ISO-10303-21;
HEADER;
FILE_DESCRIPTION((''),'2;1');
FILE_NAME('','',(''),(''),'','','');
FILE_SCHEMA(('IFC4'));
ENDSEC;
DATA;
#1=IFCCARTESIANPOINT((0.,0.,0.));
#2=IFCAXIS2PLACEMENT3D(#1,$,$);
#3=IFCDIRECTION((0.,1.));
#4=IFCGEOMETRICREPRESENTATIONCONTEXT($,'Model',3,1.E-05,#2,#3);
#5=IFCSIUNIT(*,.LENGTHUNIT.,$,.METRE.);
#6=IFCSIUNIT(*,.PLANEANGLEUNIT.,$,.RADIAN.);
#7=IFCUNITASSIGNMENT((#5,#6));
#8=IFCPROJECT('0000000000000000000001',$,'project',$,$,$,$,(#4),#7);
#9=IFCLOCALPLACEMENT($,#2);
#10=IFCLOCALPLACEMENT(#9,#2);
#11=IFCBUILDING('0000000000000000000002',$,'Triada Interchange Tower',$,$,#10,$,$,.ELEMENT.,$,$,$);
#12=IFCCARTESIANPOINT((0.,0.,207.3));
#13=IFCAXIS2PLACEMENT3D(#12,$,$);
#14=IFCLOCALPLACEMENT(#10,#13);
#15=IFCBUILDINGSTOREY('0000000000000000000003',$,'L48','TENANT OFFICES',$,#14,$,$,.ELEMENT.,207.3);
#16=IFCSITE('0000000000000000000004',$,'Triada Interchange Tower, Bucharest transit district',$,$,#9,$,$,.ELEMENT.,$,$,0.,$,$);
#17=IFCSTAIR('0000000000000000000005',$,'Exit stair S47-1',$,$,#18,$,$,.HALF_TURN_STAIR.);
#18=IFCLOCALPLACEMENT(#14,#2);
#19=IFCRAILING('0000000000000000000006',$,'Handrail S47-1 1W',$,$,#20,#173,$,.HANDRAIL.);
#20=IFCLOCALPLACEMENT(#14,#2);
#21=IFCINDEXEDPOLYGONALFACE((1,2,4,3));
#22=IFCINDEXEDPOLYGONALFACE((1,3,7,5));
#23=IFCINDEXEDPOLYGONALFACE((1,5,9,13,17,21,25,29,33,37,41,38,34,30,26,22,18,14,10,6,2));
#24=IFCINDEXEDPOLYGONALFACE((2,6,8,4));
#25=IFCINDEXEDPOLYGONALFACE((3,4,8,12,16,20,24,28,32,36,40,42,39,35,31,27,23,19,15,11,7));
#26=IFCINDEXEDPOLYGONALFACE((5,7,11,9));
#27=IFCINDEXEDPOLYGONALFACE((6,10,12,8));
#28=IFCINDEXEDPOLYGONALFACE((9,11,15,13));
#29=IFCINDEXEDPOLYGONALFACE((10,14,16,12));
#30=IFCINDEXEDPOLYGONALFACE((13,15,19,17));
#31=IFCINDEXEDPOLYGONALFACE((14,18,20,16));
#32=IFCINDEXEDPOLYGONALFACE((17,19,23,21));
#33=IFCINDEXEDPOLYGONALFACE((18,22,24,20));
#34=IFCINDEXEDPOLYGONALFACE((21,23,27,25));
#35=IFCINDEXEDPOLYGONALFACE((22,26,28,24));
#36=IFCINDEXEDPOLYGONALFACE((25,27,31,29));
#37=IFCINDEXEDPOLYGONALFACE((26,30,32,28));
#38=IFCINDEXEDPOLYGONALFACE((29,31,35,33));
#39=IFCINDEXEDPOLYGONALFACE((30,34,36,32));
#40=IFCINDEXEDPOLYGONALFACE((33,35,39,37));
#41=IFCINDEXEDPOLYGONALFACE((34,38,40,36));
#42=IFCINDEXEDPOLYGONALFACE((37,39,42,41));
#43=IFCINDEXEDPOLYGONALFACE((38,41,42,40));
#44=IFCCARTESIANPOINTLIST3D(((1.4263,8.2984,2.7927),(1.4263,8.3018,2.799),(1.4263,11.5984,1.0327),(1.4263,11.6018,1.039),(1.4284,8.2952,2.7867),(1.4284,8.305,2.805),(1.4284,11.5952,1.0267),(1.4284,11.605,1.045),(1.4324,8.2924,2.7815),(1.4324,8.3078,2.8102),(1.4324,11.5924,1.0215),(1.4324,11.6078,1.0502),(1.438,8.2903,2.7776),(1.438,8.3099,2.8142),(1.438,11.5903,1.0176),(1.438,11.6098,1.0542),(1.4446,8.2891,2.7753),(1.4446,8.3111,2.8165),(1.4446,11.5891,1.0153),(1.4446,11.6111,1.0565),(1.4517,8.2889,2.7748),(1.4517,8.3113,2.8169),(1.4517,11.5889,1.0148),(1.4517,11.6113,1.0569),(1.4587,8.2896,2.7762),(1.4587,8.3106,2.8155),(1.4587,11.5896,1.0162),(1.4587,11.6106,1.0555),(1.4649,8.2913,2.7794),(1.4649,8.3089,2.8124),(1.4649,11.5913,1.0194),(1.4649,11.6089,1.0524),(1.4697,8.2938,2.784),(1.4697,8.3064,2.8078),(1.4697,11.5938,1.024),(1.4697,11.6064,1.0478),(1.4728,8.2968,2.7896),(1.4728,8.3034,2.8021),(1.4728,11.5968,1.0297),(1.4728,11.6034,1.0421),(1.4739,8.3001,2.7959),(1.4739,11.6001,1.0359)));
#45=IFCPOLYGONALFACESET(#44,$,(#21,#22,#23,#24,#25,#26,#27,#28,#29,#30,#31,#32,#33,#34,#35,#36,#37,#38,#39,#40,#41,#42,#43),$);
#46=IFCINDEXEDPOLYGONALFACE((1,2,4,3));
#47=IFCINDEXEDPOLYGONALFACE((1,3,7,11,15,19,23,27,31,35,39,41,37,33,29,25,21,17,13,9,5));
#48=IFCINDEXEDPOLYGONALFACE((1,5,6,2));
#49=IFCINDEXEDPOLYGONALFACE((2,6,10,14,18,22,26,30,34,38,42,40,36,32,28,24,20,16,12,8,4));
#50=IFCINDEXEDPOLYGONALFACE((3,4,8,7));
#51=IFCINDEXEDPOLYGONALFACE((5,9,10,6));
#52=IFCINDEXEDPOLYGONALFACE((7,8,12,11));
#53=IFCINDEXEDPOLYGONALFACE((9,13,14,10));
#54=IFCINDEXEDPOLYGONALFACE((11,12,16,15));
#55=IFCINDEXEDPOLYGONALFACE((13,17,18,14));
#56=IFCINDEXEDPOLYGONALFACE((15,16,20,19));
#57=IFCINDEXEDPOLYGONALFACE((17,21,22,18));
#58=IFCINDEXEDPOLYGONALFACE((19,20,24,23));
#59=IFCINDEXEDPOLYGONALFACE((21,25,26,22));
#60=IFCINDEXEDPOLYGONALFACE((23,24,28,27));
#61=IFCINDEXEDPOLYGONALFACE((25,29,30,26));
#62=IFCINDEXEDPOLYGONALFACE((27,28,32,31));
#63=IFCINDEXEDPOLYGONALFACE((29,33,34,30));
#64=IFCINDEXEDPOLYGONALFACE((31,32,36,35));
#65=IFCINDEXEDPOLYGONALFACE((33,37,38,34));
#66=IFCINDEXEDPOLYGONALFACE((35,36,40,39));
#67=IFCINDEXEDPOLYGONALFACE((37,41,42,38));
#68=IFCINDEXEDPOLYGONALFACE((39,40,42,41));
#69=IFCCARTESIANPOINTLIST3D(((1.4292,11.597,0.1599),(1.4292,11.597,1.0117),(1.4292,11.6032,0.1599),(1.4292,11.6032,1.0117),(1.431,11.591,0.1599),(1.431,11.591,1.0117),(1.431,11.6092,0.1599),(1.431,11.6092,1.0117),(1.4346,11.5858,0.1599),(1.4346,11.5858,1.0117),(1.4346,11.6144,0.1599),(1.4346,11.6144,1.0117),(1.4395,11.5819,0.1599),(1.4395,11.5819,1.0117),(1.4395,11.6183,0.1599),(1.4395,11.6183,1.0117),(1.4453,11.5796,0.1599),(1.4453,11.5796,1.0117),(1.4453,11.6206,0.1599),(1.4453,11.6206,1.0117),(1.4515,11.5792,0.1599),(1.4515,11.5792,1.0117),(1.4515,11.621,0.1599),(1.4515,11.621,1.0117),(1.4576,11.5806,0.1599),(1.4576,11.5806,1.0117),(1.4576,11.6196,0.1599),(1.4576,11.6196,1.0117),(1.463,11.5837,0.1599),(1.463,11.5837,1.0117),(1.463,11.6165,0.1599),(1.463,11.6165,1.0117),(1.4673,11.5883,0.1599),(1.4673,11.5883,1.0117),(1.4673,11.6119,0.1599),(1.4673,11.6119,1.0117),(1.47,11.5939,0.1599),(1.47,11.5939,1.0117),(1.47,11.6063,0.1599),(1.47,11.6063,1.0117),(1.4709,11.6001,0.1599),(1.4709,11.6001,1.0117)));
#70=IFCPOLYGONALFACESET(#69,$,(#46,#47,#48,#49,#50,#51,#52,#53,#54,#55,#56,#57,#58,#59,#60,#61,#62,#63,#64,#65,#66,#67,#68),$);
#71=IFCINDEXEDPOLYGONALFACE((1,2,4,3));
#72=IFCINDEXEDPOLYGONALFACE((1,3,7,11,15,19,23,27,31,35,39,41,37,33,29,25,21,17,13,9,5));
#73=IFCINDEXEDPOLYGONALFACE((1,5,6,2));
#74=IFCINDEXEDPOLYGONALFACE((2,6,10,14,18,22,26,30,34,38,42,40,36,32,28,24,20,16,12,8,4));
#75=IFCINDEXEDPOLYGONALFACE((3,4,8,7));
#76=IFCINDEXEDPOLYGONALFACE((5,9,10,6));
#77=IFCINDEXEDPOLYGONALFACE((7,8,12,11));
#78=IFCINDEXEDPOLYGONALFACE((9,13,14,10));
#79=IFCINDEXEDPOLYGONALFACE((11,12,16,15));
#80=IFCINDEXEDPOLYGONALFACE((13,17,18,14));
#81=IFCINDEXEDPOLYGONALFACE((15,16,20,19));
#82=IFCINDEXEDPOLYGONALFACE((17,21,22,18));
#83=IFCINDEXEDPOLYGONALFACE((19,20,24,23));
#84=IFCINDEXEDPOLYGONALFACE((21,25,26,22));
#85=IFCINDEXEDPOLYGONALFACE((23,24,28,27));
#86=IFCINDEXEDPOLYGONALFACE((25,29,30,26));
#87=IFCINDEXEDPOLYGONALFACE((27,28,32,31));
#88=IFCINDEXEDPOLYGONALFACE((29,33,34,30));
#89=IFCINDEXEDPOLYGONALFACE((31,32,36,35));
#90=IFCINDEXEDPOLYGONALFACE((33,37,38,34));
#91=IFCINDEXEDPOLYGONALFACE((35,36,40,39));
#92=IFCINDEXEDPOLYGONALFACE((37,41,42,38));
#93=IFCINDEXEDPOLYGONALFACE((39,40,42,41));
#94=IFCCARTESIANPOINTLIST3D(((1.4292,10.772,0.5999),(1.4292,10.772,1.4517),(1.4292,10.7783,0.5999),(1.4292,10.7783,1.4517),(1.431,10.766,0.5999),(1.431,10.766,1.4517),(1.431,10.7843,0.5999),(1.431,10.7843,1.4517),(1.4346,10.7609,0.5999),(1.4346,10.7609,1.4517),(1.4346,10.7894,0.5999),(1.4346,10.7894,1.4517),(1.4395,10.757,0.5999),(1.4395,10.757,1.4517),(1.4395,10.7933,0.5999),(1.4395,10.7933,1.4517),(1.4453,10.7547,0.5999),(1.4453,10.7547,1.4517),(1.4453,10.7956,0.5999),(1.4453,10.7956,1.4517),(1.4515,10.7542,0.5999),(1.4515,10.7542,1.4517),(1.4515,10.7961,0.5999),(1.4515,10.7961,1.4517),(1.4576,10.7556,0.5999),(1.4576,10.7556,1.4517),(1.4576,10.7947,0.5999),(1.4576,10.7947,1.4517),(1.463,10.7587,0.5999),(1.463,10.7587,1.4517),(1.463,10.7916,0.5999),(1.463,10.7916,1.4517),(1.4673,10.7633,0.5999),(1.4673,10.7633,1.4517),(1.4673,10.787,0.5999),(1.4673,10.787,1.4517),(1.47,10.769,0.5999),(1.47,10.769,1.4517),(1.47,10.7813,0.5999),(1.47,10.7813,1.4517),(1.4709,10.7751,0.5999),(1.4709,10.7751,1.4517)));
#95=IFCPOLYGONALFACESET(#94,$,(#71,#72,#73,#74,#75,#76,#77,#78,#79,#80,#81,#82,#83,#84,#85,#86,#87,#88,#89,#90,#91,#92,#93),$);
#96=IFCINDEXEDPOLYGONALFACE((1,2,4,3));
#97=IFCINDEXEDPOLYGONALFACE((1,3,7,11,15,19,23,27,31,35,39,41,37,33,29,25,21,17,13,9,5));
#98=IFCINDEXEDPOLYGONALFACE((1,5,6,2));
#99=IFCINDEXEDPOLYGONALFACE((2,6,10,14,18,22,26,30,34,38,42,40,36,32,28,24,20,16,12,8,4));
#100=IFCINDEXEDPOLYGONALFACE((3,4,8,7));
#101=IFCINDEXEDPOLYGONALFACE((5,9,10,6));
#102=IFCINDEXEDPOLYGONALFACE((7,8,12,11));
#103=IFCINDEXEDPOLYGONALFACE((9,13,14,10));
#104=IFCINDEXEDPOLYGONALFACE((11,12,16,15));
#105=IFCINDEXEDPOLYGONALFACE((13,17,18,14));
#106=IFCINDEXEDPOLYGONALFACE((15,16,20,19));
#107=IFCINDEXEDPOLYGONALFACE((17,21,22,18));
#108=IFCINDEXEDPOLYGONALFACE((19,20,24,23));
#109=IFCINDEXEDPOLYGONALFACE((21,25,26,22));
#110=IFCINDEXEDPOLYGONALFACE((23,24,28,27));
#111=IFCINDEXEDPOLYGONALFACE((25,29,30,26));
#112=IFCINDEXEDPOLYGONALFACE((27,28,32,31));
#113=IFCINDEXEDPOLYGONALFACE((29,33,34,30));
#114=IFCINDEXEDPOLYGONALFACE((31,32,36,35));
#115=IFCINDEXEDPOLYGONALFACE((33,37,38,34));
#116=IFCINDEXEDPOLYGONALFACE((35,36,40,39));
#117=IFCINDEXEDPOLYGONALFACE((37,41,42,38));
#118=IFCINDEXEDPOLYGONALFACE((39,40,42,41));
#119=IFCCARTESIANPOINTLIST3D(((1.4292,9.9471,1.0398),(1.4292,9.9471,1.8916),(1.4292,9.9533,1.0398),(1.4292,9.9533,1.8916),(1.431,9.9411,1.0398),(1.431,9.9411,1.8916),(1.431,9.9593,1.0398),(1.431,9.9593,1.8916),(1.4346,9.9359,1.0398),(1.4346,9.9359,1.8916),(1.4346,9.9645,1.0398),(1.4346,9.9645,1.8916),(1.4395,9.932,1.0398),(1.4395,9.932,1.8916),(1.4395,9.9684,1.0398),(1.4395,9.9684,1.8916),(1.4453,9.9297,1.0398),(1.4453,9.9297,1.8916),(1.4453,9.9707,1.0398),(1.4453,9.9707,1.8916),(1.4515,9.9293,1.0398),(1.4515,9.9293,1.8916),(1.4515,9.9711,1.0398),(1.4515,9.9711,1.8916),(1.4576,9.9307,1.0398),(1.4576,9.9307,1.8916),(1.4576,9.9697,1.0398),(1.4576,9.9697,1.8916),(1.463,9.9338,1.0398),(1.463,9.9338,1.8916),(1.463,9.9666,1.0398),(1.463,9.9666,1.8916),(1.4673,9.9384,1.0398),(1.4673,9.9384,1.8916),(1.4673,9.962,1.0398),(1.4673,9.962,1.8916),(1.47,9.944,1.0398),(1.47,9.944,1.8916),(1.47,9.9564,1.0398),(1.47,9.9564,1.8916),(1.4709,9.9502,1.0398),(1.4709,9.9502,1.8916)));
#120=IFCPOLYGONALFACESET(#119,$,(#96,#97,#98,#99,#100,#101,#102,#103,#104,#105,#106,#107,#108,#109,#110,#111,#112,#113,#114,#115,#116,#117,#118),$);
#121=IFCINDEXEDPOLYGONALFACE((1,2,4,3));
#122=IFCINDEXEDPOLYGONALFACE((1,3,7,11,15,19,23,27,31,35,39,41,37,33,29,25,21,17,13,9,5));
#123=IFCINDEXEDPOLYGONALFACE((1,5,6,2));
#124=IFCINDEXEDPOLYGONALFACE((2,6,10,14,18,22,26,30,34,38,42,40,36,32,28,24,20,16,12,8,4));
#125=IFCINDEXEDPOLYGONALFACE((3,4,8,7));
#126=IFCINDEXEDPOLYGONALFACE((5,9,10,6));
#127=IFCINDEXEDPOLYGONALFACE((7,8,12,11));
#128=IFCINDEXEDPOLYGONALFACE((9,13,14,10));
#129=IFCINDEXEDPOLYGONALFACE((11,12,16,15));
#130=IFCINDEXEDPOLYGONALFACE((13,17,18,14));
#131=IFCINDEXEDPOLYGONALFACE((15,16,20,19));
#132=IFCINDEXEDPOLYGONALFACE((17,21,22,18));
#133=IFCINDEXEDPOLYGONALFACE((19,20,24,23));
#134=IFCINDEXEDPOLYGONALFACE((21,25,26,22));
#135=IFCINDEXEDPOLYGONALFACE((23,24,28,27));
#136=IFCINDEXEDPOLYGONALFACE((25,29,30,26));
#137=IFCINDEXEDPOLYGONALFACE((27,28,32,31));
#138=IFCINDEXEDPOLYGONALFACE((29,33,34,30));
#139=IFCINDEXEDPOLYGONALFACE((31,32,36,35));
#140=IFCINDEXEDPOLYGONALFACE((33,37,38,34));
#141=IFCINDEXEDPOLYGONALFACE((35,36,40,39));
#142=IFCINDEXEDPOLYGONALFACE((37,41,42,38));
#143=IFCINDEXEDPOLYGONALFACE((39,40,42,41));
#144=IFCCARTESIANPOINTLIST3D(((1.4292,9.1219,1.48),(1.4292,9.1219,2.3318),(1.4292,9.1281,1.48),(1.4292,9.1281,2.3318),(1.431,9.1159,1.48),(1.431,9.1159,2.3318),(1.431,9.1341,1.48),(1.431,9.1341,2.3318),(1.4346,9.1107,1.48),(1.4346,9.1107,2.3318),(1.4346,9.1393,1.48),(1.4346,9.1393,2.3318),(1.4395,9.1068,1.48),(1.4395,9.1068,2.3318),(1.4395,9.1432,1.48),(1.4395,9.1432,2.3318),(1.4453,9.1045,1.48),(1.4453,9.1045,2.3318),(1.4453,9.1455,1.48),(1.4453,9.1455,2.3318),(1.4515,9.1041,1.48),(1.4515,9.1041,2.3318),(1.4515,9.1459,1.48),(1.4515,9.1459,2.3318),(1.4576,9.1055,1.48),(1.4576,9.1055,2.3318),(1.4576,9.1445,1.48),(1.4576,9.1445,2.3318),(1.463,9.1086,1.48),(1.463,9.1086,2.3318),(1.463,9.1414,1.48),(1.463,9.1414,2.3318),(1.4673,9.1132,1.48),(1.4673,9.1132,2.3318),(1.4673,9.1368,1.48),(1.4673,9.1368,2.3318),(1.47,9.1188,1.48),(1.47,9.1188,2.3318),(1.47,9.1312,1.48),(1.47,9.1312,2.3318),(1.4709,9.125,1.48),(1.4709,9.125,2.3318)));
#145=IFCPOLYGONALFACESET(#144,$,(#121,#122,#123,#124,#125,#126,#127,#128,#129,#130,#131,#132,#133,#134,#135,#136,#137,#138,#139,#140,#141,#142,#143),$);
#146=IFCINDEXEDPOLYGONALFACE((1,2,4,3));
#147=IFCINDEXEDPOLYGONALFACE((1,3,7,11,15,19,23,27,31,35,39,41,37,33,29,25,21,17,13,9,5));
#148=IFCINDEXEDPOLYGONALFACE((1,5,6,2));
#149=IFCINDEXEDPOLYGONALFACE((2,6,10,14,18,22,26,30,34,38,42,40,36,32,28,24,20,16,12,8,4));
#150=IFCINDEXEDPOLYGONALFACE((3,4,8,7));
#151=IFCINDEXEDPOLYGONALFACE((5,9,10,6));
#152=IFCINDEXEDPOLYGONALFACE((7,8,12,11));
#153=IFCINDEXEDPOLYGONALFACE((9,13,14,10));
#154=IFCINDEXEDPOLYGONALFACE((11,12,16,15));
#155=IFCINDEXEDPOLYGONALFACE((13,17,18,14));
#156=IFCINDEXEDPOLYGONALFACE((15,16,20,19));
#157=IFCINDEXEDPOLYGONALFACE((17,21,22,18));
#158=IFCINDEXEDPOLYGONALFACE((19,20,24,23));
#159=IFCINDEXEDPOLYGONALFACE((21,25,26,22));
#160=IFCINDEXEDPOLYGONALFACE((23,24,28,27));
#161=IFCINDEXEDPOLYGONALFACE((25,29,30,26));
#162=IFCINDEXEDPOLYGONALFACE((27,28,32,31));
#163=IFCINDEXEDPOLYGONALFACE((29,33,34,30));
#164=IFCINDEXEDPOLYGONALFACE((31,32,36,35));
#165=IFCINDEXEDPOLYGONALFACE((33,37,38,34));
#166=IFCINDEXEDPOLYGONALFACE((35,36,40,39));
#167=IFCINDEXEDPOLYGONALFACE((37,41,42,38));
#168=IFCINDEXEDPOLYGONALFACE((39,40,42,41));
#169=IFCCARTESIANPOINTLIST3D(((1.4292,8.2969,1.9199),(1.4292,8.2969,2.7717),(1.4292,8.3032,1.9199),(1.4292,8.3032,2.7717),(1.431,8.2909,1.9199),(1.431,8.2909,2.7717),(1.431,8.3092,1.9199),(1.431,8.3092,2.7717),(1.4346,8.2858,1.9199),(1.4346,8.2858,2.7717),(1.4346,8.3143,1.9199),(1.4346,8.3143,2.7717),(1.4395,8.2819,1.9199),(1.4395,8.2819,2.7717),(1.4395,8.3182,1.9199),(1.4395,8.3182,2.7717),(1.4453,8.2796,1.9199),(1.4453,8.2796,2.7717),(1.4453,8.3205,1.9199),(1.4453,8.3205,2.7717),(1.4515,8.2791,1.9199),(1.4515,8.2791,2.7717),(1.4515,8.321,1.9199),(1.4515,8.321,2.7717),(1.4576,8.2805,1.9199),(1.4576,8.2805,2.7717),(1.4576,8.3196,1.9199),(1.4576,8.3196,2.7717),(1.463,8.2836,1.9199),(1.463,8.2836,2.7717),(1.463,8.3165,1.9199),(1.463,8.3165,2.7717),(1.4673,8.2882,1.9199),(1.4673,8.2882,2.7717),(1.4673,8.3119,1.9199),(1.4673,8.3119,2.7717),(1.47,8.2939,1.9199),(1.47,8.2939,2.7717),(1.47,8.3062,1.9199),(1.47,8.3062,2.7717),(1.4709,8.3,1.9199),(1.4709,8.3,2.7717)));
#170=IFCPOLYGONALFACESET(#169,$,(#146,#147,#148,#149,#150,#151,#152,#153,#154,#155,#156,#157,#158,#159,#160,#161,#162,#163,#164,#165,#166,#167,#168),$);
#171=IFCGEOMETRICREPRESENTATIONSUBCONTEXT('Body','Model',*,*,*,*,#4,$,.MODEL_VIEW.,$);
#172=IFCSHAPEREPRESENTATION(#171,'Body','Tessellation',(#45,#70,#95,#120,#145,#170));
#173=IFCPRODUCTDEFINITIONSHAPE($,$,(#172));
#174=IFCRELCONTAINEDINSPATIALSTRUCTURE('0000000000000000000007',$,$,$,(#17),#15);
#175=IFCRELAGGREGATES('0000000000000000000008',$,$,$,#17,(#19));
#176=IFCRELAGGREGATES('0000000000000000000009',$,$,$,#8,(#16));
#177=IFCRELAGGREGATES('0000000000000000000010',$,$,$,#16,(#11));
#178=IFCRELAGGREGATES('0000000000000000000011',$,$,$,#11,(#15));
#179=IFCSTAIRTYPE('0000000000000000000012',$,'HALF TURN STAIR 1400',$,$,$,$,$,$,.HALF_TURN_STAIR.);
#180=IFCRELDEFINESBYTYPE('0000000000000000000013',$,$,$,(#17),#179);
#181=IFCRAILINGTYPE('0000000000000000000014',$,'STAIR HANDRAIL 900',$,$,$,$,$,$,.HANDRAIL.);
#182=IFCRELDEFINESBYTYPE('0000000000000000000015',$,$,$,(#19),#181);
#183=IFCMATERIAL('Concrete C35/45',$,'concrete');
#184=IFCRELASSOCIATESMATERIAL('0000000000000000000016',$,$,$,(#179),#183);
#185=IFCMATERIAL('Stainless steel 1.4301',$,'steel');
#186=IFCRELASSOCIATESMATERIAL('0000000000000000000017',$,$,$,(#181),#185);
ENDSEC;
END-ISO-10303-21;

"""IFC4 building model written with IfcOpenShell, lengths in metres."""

from ifc_helpers import new_model, si_unit, direction, frame, origin, origin_2d, place, context, subcontext, project, spatial, circle, extrude, material, type_object, element, aggregate, save


model = new_model("IFC4")

# Units and contexts
model_context = context("Model", 3, precision=1e-05, world=origin(), true_north=direction((0.0, 1.0)))
body_context = subcontext(model_context, "Body", "Model", "MODEL_VIEW")
ifc_project = project(units=[si_unit("LENGTHUNIT", "METRE"), si_unit("PLANEANGLEUNIT", "RADIAN")], contexts=[model_context])

# Site, building, storey
site_placement = place(None, origin())
site = spatial("IfcSite", under=ifc_project, at=site_placement, Name="Triada Interchange Tower, Bucharest transit district", CompositionType="ELEMENT", RefElevation=0.0)
building_placement = place(site_placement, origin())
building = spatial("IfcBuilding", under=site, at=building_placement, Name="Triada Interchange Tower", CompositionType="ELEMENT")
storey_placement = place(building_placement, frame((0.0, 0.0, 207.3)))
storey = spatial("IfcBuildingStorey", under=building, at=storey_placement, Name="L48", Description="TENANT OFFICES", CompositionType="ELEMENT", Elevation=207.3)

# Stair
ifc_material_1 = material(Name="Concrete C35/45", Category="concrete")
stair_type = type_object("IfcStairType", Name="HALF TURN STAIR 1400", PredefinedType="HALF_TURN_STAIR", material=ifc_material_1)
stair_placement = place(storey_placement, origin())
stair = element("IfcStair", 1, at=stair_placement, inside=storey, type_object=stair_type, Name="Exit stair S47-1", PredefinedType="HALF_TURN_STAIR")

# Railing
ifc_material_2 = material(Name="Stainless steel 1.4301", Category="steel")
railing_type = type_object("IfcRailingType", Name="STAIR HANDRAIL 900", PredefinedType="HANDRAIL", material=ifc_material_2)
railing_1_placement = place(storey_placement, frame((1.45, 11.6001, 0.1599)))
railing_1 = element("IfcRailing", 2, at=railing_1_placement, type_object=railing_type, Name="Handrail S47-1 1W", PredefinedType="HANDRAIL", context=body_context, shape_type="SweptSolid", body=[
    extrude(circle(Radius=0.0239, at=origin_2d()), frame((0.0, 0.0, 0.876), z_axis=(0.0, -0.882355, 0.470585), x_axis=(1.0, 0.0, 0.0)), (0.0, 0.0, 1.0), 3.74),
    extrude(circle(Radius=0.021, at=origin_2d()), origin(), (0.0, 0.0, 1.0), 0.8518),
    extrude(circle(Radius=0.021, at=origin_2d()), frame((0.0, -0.825, 0.4399)), (0.0, 0.0, 1.0), 0.8518),
    extrude(circle(Radius=0.021, at=origin_2d()), frame((0.0, -1.6499, 0.8799)), (0.0, 0.0, 1.0), 0.8518),
    extrude(circle(Radius=0.021, at=origin_2d()), frame((0.0, -2.4751, 1.3201)), (0.0, 0.0, 1.0), 0.8518),
    extrude(circle(Radius=0.021, at=origin_2d()), frame((0.0, -3.3, 1.76)), (0.0, 0.0, 1.0), 0.8518),
])
aggregate(stair, [railing_1])

save(model, "model.ifc")
